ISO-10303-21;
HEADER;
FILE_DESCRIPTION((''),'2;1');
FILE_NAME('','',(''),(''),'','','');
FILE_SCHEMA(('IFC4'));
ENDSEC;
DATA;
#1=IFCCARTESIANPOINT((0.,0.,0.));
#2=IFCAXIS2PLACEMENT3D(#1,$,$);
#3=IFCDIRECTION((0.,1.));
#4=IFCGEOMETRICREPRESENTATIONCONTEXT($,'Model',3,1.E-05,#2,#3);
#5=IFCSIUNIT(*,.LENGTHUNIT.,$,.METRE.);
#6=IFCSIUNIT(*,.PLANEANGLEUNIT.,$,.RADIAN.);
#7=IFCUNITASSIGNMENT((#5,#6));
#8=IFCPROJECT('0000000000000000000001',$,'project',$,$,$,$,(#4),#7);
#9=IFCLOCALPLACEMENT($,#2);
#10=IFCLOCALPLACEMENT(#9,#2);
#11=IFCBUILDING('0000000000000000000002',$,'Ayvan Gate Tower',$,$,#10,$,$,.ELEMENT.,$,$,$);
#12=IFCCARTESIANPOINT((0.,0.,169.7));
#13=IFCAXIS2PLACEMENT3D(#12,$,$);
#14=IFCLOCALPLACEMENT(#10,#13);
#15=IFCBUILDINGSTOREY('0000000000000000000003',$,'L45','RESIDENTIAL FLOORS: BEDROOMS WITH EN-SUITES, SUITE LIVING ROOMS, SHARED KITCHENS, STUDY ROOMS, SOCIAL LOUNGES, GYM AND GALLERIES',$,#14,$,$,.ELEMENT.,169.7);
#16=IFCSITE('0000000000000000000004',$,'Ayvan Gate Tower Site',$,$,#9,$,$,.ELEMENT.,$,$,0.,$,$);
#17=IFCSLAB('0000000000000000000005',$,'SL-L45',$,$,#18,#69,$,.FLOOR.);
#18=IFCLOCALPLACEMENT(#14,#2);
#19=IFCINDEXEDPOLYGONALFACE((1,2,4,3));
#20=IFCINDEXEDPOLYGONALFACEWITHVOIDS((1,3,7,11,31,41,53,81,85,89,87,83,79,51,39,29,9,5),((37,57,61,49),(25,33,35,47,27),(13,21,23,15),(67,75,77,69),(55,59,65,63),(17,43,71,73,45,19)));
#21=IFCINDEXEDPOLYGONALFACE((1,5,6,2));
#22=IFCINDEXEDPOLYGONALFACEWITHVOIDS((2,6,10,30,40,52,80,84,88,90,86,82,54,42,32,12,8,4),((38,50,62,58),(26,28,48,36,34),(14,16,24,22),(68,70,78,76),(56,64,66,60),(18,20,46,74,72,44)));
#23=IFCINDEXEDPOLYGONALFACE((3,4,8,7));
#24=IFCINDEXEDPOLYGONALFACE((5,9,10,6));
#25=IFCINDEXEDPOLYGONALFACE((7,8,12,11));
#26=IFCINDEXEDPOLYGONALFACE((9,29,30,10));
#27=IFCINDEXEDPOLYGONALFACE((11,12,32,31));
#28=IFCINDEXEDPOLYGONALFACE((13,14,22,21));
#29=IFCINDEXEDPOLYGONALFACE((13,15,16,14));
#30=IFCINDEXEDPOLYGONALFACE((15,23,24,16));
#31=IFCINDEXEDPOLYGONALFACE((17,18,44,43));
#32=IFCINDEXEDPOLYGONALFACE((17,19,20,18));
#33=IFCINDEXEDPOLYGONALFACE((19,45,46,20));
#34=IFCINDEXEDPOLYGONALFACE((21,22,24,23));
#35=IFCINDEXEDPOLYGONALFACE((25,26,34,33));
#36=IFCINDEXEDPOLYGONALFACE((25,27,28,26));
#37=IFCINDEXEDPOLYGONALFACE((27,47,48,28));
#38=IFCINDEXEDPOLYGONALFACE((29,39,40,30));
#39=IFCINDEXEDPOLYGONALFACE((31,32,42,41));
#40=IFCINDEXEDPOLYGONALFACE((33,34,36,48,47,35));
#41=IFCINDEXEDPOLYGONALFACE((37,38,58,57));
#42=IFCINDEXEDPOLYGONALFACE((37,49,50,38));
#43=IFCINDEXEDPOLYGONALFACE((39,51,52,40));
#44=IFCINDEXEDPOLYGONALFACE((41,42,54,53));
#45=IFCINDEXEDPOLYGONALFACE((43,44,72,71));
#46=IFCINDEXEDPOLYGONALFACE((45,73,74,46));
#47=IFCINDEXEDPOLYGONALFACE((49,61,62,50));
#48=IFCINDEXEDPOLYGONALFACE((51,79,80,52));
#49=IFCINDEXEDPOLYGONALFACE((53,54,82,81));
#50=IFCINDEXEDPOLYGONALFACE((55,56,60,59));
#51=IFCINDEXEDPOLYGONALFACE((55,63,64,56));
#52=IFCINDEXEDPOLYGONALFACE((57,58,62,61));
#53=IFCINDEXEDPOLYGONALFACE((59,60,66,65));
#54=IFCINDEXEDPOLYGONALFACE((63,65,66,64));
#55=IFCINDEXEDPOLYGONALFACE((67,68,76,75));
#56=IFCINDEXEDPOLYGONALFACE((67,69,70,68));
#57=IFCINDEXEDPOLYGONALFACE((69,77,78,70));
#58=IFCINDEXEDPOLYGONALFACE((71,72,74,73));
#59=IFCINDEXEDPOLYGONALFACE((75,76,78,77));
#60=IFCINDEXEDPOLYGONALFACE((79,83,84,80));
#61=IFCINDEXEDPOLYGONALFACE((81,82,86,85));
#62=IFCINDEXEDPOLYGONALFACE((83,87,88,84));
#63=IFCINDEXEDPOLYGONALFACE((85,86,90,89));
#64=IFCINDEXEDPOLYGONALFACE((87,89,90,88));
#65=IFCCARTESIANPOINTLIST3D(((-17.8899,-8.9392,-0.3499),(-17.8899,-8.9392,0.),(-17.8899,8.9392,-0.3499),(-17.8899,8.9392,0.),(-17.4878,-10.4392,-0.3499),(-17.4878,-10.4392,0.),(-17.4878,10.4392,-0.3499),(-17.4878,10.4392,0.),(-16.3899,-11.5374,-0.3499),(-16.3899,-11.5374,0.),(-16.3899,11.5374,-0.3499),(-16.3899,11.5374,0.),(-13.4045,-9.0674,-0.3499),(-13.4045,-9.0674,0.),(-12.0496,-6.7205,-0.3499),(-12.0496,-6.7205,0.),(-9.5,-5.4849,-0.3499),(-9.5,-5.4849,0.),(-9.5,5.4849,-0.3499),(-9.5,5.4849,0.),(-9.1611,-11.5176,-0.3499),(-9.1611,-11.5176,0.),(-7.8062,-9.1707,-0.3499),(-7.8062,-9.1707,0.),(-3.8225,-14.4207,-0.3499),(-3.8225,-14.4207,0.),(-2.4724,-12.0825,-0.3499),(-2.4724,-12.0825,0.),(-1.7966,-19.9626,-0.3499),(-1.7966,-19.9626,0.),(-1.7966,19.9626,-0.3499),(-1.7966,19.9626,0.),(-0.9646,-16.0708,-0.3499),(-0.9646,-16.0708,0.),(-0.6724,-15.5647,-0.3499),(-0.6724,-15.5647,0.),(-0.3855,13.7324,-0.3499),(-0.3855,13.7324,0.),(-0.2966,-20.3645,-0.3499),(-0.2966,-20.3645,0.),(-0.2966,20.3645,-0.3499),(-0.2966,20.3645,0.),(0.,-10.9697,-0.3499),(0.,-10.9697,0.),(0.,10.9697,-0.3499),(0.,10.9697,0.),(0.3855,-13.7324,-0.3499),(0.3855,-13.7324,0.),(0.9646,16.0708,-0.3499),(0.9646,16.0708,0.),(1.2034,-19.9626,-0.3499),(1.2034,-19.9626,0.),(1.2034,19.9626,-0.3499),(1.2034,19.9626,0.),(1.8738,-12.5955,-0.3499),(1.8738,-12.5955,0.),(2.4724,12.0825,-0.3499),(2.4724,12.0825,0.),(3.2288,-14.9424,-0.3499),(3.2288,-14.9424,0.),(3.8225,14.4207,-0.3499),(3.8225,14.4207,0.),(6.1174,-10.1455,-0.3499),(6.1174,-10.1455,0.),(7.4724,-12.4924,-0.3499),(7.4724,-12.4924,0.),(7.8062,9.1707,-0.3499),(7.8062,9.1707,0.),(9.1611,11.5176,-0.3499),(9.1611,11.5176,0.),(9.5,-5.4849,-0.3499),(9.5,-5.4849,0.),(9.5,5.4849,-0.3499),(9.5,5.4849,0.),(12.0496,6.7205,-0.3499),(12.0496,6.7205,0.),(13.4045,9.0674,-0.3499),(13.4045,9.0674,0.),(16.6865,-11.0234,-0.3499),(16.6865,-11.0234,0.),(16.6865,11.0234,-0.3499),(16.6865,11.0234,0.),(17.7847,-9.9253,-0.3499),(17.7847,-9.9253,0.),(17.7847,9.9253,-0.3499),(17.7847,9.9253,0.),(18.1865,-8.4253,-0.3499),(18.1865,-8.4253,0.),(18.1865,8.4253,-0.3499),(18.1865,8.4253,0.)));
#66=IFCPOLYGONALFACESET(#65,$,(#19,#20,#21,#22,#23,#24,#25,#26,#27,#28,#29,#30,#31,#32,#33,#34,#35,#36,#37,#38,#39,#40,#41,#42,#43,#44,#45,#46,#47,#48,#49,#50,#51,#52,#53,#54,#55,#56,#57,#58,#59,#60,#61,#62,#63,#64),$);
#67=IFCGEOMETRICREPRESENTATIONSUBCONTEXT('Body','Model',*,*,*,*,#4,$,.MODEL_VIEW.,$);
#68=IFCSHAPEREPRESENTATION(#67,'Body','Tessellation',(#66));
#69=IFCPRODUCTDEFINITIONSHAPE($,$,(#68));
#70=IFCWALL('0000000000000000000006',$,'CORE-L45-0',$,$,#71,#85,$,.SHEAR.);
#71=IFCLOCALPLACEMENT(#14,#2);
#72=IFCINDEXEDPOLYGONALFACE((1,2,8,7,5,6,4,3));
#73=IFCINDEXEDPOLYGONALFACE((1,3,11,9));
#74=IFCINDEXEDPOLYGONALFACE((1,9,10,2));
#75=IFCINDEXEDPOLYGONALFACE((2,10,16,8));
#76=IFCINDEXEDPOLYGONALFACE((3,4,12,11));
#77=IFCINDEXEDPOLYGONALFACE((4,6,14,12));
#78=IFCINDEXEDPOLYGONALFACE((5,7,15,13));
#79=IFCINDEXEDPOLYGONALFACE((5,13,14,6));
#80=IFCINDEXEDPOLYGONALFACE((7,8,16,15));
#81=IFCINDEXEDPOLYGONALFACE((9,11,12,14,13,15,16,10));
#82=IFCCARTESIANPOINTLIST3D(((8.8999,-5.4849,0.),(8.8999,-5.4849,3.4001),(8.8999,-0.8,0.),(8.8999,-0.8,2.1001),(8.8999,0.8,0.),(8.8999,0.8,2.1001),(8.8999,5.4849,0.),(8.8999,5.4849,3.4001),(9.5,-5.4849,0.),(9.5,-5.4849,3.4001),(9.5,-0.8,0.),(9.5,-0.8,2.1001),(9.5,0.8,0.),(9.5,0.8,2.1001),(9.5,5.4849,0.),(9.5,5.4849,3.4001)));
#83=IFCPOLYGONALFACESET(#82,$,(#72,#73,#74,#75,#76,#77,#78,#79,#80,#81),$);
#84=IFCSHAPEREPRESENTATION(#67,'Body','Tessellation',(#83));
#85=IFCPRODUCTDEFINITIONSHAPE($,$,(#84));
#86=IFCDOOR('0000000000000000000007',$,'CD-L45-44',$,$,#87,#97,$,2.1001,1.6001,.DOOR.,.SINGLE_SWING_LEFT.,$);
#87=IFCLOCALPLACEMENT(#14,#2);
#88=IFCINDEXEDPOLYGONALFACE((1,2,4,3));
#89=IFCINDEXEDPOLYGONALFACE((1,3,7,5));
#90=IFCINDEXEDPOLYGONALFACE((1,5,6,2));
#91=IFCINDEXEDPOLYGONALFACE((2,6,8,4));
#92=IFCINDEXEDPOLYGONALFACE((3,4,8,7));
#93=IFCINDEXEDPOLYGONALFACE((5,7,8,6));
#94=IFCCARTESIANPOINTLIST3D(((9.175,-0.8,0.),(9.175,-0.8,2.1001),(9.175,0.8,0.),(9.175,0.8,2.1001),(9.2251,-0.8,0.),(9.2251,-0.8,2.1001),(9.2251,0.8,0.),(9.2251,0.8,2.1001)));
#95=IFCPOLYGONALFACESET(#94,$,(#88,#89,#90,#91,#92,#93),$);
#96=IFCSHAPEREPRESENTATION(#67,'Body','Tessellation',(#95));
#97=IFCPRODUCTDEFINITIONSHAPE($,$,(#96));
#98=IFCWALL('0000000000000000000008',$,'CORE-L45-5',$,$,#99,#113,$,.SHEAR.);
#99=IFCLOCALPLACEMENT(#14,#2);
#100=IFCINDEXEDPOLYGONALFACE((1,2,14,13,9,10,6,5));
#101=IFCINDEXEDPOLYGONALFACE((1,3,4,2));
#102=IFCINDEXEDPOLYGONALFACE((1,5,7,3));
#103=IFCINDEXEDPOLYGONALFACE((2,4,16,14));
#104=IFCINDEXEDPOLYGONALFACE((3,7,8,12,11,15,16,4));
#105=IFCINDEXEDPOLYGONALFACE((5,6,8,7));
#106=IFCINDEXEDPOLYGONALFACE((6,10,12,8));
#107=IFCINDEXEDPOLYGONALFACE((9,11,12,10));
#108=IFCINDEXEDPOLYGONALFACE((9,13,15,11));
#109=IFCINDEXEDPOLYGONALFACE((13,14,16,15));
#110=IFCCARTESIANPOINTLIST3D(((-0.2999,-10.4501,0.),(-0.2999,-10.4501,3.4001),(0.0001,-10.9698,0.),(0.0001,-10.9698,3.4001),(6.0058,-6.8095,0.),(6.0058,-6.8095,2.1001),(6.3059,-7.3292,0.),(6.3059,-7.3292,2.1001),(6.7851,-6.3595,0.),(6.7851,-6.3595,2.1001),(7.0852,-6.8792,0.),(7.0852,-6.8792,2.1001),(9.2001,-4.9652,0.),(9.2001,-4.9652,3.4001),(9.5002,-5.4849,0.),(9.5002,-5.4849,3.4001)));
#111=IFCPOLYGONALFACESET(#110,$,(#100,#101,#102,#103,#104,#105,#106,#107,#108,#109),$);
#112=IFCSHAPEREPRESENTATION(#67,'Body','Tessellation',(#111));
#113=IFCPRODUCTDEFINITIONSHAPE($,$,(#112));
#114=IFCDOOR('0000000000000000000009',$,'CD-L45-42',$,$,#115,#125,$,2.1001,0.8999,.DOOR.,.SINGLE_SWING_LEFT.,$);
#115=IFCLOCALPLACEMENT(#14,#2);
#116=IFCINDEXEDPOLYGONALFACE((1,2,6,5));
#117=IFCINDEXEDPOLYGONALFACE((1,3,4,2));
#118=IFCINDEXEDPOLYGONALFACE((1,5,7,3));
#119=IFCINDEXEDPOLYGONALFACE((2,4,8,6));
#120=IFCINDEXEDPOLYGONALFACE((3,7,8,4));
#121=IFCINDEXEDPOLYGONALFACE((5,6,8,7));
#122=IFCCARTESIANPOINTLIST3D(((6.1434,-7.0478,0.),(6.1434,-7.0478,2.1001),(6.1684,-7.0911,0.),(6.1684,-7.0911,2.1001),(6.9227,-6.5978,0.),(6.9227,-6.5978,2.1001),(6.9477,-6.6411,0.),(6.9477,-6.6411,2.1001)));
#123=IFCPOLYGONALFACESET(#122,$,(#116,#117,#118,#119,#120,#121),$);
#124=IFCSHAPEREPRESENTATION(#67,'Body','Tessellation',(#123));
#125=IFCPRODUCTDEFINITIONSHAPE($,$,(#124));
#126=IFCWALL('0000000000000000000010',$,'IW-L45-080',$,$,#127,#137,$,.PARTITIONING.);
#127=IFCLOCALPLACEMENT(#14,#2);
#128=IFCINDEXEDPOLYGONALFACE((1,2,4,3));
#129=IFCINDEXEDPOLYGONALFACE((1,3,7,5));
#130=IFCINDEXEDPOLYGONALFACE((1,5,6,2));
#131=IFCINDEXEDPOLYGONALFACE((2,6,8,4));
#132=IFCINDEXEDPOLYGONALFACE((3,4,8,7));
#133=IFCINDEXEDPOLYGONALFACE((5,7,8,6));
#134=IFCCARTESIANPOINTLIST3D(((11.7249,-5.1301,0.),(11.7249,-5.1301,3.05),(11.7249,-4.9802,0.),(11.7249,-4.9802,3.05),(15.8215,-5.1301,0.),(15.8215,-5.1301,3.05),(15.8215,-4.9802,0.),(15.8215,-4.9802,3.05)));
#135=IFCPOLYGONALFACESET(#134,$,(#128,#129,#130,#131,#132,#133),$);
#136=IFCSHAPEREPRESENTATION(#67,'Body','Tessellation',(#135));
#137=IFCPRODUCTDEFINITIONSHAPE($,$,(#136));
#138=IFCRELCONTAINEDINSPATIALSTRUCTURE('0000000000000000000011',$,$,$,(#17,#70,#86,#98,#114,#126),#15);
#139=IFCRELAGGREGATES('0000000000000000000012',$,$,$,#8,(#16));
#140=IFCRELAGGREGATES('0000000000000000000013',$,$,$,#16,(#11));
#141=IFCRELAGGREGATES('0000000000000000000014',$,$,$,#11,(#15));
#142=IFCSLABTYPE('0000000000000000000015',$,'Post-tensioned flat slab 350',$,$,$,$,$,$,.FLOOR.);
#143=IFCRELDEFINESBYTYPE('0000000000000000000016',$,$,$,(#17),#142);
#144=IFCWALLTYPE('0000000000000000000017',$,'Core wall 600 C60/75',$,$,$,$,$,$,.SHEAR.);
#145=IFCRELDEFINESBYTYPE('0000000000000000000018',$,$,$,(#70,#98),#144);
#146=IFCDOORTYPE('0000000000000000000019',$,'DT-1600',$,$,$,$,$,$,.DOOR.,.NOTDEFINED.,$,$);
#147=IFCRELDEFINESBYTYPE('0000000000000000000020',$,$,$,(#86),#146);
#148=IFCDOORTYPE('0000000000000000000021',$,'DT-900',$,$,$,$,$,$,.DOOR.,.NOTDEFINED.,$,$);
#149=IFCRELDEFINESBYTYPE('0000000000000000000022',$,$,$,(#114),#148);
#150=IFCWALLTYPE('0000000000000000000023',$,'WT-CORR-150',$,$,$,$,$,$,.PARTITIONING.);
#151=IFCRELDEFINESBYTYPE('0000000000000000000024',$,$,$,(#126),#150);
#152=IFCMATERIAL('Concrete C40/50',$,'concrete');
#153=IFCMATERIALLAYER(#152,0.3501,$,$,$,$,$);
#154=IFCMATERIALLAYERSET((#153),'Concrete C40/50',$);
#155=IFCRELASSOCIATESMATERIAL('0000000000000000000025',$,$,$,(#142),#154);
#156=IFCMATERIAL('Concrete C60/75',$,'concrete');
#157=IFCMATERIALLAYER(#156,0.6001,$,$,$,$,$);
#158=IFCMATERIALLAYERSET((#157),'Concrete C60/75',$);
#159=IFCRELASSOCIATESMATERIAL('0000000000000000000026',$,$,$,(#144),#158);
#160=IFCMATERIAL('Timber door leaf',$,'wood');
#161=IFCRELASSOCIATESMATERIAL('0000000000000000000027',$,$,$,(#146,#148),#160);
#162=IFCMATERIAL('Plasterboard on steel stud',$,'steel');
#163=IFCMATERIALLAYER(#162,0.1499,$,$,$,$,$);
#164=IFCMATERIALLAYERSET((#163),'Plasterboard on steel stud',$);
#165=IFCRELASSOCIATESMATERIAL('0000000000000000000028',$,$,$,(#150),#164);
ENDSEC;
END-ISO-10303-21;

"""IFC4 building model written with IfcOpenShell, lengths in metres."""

from ifc_helpers import new_model, si_unit, direction, frame, frame_2d, origin, place, context, subcontext, project, spatial, polyline, rectangle, outline, extrude, material, layer, layer_set, type_object, element, fill, save


model = new_model("IFC4")

# Units and contexts
model_context = context("Model", 3, precision=1e-05, world=origin(), true_north=direction((0.0, 1.0)))
body_context = subcontext(model_context, "Body", "Model", "MODEL_VIEW")
ifc_project = project(units=[si_unit("LENGTHUNIT", "METRE"), si_unit("PLANEANGLEUNIT", "RADIAN")], contexts=[model_context])

# Site, building, storey
site_placement = place(None, origin())
site = spatial("IfcSite", under=ifc_project, at=site_placement, Name="Ayvan Gate Tower Site", CompositionType="ELEMENT", RefElevation=0.0)
building_placement = place(site_placement, origin())
building = spatial("IfcBuilding", under=site, at=building_placement, Name="Ayvan Gate Tower", CompositionType="ELEMENT")
storey_placement = place(building_placement, frame((0.0, 0.0, 169.7)))
storey = spatial("IfcBuildingStorey", under=building, at=storey_placement, Name="L45", Description="RESIDENTIAL FLOORS: BEDROOMS WITH EN-SUITES, SUITE LIVING ROOMS, SHARED KITCHENS, STUDY ROOMS, SOCIAL LOUNGES, GYM AND GALLERIES", CompositionType="ELEMENT", Elevation=169.7)

# Slab
ifc_material_1 = material(Name="Concrete C40/50", Category="concrete")
ifc_layer_1 = layer(ifc_material_1, 0.3501)
ifc_layer_set_1 = layer_set([ifc_layer_1], Name="Concrete C40/50")
slab_type = type_object("IfcSlabType", Name="Post-tensioned flat slab 350", PredefinedType="FLOOR", material=ifc_layer_set_1)
slab_placement = place(storey_placement, frame((0.0, 0.0, -0.3499)))
element("IfcSlab", 1, at=slab_placement, inside=storey, type_object=slab_type, Name="SL-L45", PredefinedType="FLOOR", context=body_context, shape_type="SweptSolid", body=[
    extrude(outline(polyline([(1.2034, -19.9626), (-0.2966, -20.3645), (-1.7966, -19.9626), (-16.3899, -11.5374), (-17.4878, -10.4392), (-17.8899, -8.9392), (-17.8899, 8.9392), (-17.4878, 10.4392), (-16.3899, 11.5374), (-1.7966, 19.9626), (-0.2966, 20.3645), (1.2034, 19.9626), (16.6865, 11.0234), (17.7847, 9.9253), (18.1865, 8.4253), (18.1865, -8.4253), (17.7847, -9.9253), (16.6865, -11.0234), (1.2034, -19.9626)]), holes=[polyline([(12.0496, 6.7205), (13.4045, 9.0674), (9.1611, 11.5176), (7.8062, 9.1707), (12.0496, 6.7205)]), polyline([(9.5, 5.4849), (0.0, 10.9697), (-9.5, 5.4849), (-9.5, -5.4849), (0.0, -10.9697), (9.5, -5.4849), (9.5, 5.4849)]), polyline([(1.8738, -12.5955), (3.2288, -14.9424), (7.4724, -12.4924), (6.1174, -10.1455), (1.8738, -12.5955)]), polyline([(3.8225, 14.4207), (0.9646, 16.0708), (-0.3855, 13.7324), (2.4724, 12.0825), (3.8225, 14.4207)]), polyline([(-0.6724, -15.5647), (0.3855, -13.7324), (-2.4724, -12.0825), (-3.8225, -14.4207), (-0.9646, -16.0708), (-0.6724, -15.5647)]), polyline([(-9.1611, -11.5176), (-7.8062, -9.1707), (-12.0496, -6.7205), (-13.4045, -9.0674), (-9.1611, -11.5176)])]), origin(), (0.0, 0.0, 1.0), 0.3499),
])

# Walls, openings, doors
ifc_material_2 = material(Name="Concrete C60/75", Category="concrete")
ifc_layer_2 = layer(ifc_material_2, 0.6001)
ifc_layer_set_2 = layer_set([ifc_layer_2], Name="Concrete C60/75")
wall_type_1 = type_object("IfcWallType", Name="Core wall 600 C60/75", PredefinedType="SHEAR", material=ifc_layer_set_2)
wall_1_placement = place(storey_placement, frame((9.2, -5.4849, 0.0), z_axis=(0.0, 0.0, 1.0), x_axis=(0.0, 1.0, 0.0)))
wall_1 = element("IfcWall", 2, at=wall_1_placement, inside=storey, type_object=wall_type_1, Name="CORE-L45-0", PredefinedType="SHEAR", context=body_context, shape_type="SweptSolid", body=[
    extrude(rectangle(XDim=10.9697, YDim=0.6001, at=frame_2d((5.4849, 0.0))), origin(), (0.0, 0.0, 1.0), 3.4001),
])
opening_1_placement = place(wall_1_placement, frame((4.6848, 0.0, 0.0)))
opening_1 = element("IfcOpeningElement", 3, at=opening_1_placement, cuts=wall_1, PredefinedType="OPENING", context=body_context, shape_type="SweptSolid", body=[
    extrude(rectangle(XDim=1.6001, YDim=2.1001, at=frame_2d((0.8, 1.05))), frame((0.0, 0.3101, 0.0), z_axis=(0.0, -1.0, 0.0), x_axis=(1.0, 0.0, 0.0)), (0.0, 0.0, 1.0), 0.6201),
])
ifc_material_3 = material(Name="Timber door leaf", Category="wood")
door_type_1 = type_object("IfcDoorType", Name="DT-1600", OperationType="NOTDEFINED", PredefinedType="DOOR", material=ifc_material_3)
door_1_placement = place(opening_1_placement, origin())
door_1 = element("IfcDoor", 4, at=door_1_placement, inside=storey, type_object=door_type_1, Name="CD-L45-44", OperationType="SINGLE_SWING_LEFT", OverallHeight=2.1001, OverallWidth=1.6001, PredefinedType="DOOR", context=body_context, shape_type="SweptSolid", body=[
    extrude(rectangle(XDim=1.6001, YDim=2.1001, at=frame_2d((0.8, 1.05))), frame((0.0, 0.0249, 0.0), z_axis=(0.0, -1.0, 0.0), x_axis=(1.0, 0.0, 0.0)), (0.0, 0.0, 1.0), 0.05),
])
fill(opening_1, door_1)
wall_2_placement = place(storey_placement, frame((-0.1499, -10.71, 0.0), z_axis=(0.0, 0.0, 1.0), x_axis=(0.866024, 0.500002, 0.0)))
wall_2 = element("IfcWall", 5, at=wall_2_placement, inside=storey, type_object=wall_type_1, Name="CORE-L45-5", PredefinedType="SHEAR", context=body_context, shape_type="SweptSolid", body=[
    extrude(rectangle(XDim=10.9697, YDim=0.6001, at=frame_2d((5.4849, 0.0))), origin(), (0.0, 0.0, 1.0), 3.4001),
])
opening_2_placement = place(wall_2_placement, frame((7.2812, 0.0, 0.0)))
opening_2 = element("IfcOpeningElement", 6, at=opening_2_placement, cuts=wall_2, PredefinedType="OPENING", context=body_context, shape_type="SweptSolid", body=[
    extrude(rectangle(XDim=0.8999, YDim=2.1001, at=frame_2d((0.45, 1.05))), frame((0.0, 0.3101, 0.0), z_axis=(0.0, -1.0, 0.0), x_axis=(1.0, 0.0, 0.0)), (0.0, 0.0, 1.0), 0.6201),
])
door_type_2 = type_object("IfcDoorType", Name="DT-900", OperationType="NOTDEFINED", PredefinedType="DOOR", material=ifc_material_3)
door_2_placement = place(opening_2_placement, origin())
door_2 = element("IfcDoor", 7, at=door_2_placement, inside=storey, type_object=door_type_2, Name="CD-L45-42", OperationType="SINGLE_SWING_LEFT", OverallHeight=2.1001, OverallWidth=0.8999, PredefinedType="DOOR", context=body_context, shape_type="SweptSolid", body=[
    extrude(rectangle(XDim=0.8999, YDim=2.1001, at=frame_2d((0.45, 1.05))), frame((0.0, 0.0249, 0.0), z_axis=(0.0, -1.0, 0.0), x_axis=(1.0, 0.0, 0.0)), (0.0, 0.0, 1.0), 0.05),
])
fill(opening_2, door_2)

# Wall
ifc_material_4 = material(Name="Plasterboard on steel stud", Category="steel")
ifc_layer_3 = layer(ifc_material_4, 0.1499)
ifc_layer_set_3 = layer_set([ifc_layer_3], Name="Plasterboard on steel stud")
wall_type_2 = type_object("IfcWallType", Name="WT-CORR-150", PredefinedType="PARTITIONING", material=ifc_layer_set_3)
wall_3_placement = place(storey_placement, frame((11.7249, -5.0552, 0.0), z_axis=(0.0, 0.0, 1.0), x_axis=(1.0, 0.0, 0.0)))
element("IfcWall", 8, at=wall_3_placement, inside=storey, type_object=wall_type_2, Name="IW-L45-080", PredefinedType="PARTITIONING", context=body_context, shape_type="SweptSolid", body=[
    extrude(rectangle(XDim=4.0967, YDim=0.1499, at=frame_2d((2.0483, 0.0))), origin(), (0.0, 0.0, 1.0), 3.05),
])

save(model, "model.ifc")
